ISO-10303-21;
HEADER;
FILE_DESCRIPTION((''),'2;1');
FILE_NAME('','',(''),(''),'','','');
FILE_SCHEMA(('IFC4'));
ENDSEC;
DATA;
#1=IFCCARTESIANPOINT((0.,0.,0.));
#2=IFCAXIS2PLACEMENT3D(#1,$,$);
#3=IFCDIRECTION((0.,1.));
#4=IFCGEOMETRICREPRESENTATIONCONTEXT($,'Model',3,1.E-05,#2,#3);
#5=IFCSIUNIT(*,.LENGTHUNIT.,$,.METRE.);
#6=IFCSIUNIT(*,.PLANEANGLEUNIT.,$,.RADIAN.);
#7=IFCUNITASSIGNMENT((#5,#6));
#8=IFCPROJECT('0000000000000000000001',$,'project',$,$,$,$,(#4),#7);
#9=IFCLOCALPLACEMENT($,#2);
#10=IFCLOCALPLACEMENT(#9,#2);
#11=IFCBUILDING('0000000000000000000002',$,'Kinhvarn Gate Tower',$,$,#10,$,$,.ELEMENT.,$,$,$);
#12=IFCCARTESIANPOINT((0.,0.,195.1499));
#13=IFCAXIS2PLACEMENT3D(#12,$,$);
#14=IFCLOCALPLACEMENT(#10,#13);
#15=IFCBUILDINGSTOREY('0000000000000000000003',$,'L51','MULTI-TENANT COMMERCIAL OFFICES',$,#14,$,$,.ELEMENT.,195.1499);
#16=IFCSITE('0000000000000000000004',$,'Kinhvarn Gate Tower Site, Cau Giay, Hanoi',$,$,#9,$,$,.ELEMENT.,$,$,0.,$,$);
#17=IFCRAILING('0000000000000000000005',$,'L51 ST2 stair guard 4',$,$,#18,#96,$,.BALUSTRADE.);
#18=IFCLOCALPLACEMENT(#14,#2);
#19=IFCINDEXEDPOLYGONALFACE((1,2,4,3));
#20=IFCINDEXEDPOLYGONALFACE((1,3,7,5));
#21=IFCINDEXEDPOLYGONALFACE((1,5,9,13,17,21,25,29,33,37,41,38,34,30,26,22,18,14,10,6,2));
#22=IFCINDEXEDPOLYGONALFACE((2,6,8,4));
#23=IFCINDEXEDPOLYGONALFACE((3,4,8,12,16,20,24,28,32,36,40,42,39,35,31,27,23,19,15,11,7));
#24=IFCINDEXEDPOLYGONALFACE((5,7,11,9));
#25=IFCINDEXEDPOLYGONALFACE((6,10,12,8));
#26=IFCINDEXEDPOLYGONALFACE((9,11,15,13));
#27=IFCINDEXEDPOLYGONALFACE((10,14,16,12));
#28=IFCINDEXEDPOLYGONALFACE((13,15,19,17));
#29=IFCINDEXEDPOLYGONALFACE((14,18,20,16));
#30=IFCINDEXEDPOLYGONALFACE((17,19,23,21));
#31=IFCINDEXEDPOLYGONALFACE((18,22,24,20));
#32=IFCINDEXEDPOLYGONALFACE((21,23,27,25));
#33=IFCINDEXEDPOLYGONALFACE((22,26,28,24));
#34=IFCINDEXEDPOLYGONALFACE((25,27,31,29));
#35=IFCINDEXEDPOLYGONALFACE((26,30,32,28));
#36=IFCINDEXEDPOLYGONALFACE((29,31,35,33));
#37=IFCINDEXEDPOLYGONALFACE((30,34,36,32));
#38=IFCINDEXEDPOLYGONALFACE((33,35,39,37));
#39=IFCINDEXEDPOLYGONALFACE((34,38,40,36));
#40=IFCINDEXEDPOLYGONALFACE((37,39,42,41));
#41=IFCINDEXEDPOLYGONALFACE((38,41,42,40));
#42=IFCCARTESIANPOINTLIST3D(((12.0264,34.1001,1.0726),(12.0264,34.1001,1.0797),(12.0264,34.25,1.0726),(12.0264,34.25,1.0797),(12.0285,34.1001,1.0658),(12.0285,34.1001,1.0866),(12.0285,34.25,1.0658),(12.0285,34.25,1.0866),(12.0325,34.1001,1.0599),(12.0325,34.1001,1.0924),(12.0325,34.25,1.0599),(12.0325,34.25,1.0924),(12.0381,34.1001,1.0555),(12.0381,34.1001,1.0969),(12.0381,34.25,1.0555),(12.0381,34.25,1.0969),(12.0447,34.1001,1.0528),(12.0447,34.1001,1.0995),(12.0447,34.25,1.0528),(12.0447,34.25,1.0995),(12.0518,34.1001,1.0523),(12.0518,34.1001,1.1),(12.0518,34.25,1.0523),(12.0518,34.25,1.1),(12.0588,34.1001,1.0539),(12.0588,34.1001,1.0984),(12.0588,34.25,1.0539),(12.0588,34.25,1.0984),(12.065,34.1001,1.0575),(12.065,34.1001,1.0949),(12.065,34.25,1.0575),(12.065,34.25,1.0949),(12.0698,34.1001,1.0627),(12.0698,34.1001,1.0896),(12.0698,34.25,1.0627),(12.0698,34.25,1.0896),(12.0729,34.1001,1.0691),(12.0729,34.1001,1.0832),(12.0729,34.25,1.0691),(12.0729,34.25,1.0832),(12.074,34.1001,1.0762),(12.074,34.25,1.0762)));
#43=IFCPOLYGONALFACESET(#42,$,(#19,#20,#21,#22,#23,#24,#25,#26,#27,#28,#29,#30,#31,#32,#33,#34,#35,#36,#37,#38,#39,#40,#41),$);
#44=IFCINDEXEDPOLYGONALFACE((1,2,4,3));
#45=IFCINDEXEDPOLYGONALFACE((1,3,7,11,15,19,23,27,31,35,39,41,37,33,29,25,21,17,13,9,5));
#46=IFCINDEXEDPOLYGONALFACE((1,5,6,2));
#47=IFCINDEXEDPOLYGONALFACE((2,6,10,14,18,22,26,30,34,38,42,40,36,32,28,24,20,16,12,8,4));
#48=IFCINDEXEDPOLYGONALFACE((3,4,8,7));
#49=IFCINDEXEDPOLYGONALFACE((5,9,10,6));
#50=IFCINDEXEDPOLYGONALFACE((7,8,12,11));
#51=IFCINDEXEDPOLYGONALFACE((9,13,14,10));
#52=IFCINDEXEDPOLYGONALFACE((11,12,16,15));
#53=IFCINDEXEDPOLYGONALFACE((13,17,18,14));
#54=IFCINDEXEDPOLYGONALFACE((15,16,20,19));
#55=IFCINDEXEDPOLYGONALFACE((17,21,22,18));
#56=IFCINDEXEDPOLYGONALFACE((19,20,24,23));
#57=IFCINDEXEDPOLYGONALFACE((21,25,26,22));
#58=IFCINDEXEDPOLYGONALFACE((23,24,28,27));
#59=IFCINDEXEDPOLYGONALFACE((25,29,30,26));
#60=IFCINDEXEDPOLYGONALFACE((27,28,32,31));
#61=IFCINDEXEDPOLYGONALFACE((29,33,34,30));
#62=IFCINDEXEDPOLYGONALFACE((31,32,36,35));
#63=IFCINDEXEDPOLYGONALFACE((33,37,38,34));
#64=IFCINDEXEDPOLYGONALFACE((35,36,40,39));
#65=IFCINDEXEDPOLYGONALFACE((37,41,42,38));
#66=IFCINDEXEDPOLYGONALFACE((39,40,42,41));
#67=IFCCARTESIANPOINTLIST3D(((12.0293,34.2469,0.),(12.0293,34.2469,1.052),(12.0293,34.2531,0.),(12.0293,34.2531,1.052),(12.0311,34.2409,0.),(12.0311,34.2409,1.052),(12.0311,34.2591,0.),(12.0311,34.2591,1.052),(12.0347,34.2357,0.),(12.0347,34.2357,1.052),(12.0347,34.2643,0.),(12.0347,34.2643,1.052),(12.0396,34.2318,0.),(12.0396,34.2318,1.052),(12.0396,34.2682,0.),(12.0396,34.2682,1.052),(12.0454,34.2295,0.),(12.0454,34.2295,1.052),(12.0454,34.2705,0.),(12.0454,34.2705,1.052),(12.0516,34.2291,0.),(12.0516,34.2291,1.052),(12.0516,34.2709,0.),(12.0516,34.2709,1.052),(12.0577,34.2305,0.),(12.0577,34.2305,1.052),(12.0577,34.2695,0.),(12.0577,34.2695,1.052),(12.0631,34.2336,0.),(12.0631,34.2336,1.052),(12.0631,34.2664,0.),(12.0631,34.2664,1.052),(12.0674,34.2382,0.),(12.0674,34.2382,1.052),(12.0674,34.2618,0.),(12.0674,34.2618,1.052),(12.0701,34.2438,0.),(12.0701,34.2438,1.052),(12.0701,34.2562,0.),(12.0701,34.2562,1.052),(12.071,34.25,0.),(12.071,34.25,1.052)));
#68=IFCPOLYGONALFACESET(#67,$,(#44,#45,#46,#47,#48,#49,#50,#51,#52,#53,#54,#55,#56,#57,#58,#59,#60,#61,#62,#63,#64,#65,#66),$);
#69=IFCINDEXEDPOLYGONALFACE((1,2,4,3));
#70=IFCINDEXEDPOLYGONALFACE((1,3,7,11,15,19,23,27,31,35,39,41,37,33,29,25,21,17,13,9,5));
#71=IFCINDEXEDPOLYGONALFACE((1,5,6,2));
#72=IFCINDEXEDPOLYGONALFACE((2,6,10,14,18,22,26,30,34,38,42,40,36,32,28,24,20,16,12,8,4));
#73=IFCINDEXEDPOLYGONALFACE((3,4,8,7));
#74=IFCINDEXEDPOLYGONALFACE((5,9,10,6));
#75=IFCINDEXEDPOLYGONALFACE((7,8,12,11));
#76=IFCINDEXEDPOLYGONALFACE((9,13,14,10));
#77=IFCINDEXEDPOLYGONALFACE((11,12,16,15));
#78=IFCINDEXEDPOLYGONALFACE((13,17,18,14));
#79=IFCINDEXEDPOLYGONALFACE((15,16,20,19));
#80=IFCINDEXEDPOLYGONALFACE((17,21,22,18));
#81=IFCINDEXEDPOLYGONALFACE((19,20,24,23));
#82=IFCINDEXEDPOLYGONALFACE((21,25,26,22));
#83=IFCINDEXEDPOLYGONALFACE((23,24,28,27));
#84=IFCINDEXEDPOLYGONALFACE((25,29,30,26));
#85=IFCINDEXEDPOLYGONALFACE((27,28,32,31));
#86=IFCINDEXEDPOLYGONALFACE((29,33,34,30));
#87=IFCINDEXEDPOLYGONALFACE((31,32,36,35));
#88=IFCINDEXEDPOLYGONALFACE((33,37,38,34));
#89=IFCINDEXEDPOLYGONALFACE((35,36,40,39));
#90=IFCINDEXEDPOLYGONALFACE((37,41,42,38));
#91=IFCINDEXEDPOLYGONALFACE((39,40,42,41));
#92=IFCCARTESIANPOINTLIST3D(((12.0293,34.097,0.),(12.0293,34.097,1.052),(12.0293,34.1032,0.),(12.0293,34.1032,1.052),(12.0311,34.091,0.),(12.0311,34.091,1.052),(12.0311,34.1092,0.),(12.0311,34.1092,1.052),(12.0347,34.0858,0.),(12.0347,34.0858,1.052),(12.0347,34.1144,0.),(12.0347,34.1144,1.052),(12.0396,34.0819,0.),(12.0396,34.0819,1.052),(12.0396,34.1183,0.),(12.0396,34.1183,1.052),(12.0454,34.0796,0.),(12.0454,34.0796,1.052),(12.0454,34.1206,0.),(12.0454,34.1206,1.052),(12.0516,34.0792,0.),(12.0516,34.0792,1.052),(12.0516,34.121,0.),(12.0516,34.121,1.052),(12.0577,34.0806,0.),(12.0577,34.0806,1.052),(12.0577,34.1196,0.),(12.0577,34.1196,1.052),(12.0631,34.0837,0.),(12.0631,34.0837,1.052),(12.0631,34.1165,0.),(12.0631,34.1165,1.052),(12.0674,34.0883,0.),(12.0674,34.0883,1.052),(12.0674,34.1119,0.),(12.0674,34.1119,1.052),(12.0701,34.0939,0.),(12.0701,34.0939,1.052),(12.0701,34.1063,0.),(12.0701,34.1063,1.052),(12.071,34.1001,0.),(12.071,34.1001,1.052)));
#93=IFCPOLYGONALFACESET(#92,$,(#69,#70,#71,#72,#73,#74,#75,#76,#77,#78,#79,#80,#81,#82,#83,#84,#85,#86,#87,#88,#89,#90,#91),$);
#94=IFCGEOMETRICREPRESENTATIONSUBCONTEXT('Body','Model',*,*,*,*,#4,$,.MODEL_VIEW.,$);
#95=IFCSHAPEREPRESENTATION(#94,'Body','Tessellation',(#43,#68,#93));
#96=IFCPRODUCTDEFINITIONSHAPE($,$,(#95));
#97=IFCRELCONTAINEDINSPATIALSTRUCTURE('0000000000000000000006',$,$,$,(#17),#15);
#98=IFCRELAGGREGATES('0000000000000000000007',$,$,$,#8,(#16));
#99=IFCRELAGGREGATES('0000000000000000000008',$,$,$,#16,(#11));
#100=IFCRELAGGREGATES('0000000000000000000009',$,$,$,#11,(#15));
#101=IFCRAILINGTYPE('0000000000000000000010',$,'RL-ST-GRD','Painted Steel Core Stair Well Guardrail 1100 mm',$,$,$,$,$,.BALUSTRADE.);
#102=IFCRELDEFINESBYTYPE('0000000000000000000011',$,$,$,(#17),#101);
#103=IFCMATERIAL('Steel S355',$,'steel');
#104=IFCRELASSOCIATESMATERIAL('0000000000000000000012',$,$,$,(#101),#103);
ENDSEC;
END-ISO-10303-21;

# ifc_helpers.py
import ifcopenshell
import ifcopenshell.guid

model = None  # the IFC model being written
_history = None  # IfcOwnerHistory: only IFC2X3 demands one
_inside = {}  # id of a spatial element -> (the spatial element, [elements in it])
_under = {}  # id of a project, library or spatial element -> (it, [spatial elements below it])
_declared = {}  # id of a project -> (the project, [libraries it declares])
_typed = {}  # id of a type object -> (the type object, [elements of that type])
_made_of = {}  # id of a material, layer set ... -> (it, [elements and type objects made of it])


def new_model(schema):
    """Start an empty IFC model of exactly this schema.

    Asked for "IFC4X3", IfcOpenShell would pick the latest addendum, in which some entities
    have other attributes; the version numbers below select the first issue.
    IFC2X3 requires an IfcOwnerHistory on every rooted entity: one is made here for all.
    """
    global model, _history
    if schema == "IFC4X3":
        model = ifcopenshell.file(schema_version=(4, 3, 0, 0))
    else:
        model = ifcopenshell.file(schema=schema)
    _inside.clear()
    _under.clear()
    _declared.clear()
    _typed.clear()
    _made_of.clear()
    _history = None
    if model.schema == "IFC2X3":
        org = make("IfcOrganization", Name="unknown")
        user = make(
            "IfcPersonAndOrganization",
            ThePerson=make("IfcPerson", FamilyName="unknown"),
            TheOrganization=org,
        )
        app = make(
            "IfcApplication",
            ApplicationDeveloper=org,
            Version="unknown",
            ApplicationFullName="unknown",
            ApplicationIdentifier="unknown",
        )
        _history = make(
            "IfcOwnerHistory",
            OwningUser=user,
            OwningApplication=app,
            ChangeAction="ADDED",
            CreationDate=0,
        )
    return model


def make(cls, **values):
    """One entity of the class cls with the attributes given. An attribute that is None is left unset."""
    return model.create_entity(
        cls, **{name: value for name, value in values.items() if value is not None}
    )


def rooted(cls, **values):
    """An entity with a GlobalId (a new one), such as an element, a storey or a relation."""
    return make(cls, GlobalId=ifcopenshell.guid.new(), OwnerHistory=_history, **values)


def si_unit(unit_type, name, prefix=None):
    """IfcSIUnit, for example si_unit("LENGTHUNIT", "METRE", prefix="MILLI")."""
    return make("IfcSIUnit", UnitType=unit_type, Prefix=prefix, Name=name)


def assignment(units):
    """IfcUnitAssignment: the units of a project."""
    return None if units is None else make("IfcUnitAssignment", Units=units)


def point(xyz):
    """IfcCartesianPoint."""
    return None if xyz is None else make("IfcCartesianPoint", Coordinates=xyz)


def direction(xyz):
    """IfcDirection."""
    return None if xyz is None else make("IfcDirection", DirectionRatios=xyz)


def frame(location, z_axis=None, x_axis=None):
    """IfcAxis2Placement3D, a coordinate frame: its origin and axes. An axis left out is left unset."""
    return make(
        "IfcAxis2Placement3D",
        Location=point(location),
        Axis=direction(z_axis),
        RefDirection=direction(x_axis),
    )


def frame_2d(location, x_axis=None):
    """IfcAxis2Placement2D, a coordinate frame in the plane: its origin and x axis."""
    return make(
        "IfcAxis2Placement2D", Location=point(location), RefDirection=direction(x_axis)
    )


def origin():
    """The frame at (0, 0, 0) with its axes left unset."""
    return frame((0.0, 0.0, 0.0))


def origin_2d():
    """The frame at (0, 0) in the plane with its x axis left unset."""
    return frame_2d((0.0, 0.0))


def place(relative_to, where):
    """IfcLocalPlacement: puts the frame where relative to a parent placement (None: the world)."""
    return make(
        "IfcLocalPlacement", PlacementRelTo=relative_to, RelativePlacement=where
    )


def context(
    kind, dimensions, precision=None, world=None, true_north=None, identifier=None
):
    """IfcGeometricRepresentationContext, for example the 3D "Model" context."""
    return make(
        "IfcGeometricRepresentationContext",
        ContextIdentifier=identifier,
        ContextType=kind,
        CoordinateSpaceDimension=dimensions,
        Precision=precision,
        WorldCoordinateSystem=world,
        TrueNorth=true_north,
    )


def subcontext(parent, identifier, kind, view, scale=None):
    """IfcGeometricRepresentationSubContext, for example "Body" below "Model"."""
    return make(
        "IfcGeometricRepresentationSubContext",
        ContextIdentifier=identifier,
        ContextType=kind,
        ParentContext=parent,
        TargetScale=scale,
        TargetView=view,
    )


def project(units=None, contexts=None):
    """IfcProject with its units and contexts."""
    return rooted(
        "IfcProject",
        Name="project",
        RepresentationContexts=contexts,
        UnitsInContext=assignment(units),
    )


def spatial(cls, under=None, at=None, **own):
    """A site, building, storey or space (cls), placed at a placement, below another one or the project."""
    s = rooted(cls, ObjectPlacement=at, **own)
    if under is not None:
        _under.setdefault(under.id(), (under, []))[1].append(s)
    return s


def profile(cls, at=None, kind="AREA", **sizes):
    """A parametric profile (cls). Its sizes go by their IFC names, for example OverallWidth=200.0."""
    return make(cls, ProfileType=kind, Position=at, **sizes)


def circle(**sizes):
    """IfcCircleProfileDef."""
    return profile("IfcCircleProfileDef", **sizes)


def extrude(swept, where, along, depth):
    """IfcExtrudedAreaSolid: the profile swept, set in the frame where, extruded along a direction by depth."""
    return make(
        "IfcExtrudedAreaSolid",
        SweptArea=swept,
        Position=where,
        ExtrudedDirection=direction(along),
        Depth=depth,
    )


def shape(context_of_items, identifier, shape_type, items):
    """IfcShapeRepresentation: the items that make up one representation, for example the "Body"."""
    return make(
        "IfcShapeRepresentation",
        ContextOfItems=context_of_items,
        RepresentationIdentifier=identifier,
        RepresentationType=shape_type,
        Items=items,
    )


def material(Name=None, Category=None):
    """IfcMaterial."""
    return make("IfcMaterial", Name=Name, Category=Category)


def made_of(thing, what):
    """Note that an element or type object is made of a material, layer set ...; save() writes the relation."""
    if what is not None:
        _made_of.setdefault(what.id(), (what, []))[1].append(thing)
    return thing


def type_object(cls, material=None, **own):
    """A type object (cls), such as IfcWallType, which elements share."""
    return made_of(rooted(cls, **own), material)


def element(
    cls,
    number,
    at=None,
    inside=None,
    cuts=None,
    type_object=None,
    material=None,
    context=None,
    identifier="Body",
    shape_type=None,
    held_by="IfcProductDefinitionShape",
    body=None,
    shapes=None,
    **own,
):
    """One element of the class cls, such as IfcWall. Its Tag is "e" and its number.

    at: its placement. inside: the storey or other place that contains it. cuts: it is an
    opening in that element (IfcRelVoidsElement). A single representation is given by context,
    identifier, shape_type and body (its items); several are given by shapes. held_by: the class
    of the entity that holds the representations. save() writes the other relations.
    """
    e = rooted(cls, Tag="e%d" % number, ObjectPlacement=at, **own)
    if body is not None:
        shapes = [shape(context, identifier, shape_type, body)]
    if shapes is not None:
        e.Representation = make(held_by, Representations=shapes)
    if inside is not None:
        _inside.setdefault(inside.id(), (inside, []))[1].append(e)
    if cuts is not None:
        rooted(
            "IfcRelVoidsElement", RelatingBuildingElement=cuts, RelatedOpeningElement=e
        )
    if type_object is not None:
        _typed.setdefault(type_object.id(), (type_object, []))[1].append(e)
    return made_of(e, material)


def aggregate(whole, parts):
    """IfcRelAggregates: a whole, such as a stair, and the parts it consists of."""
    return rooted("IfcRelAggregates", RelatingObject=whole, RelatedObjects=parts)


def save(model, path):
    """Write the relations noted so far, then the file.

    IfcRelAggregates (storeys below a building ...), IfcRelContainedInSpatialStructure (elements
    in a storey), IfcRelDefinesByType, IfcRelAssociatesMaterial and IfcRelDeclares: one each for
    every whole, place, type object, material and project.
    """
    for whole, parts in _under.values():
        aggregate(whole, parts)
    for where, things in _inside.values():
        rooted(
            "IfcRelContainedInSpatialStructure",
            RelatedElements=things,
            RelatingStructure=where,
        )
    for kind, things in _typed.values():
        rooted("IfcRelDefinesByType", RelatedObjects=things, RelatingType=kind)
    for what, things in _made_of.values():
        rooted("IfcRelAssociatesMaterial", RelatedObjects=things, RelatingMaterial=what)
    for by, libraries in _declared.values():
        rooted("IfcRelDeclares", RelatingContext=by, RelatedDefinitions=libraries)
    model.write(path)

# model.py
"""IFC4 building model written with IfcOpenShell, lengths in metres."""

from ifc_helpers import new_model, si_unit, direction, frame, origin, origin_2d, place, context, subcontext, project, spatial, circle, extrude, material, type_object, element, save


model = new_model("IFC4")

# Units and contexts
model_context = context("Model", 3, precision=1e-05, world=origin(), true_north=direction((0.0, 1.0)))
body_context = subcontext(model_context, "Body", "Model", "MODEL_VIEW")
ifc_project = project(units=[si_unit("LENGTHUNIT", "METRE"), si_unit("PLANEANGLEUNIT", "RADIAN")], contexts=[model_context])

# Site, building, storey
site_placement = place(None, origin())
site = spatial("IfcSite", under=ifc_project, at=site_placement, Name="Kinhvarn Gate Tower Site, Cau Giay, Hanoi", CompositionType="ELEMENT", RefElevation=0.0)
building_placement = place(site_placement, origin())
building = spatial("IfcBuilding", under=site, at=building_placement, Name="Kinhvarn Gate Tower", CompositionType="ELEMENT")
storey_placement = place(building_placement, frame((0.0, 0.0, 195.1499)))
storey = spatial("IfcBuildingStorey", under=building, at=storey_placement, Name="L51", Description="MULTI-TENANT COMMERCIAL OFFICES", CompositionType="ELEMENT", Elevation=195.1499)

# Railing
ifc_material_1 = material(Name="Steel S355", Category="steel")
railing_type_1 = type_object("IfcRailingType", Name="RL-ST-GRD", Description="Painted Steel Core Stair Well Guardrail 1100 mm", PredefinedType="BALUSTRADE", material=ifc_material_1)
railing_1_placement = place(storey_placement, frame((12.05, 34.25, 0.0)))
element("IfcRailing", 1, at=railing_1_placement, inside=storey, type_object=railing_type_1, Name="L51 ST2 stair guard 4", PredefinedType="BALUSTRADE", context=body_context, shape_type="SweptSolid", body=[
    extrude(circle(Radius=0.0239, at=origin_2d()), frame((0.0, 0.0, 1.0762), z_axis=(0.0, -1.0, 0.0), x_axis=(1.0, 0.0, 0.0)), (0.0, 0.0, 1.0), 0.1499),
    extrude(circle(Radius=0.021, at=origin_2d()), origin(), (0.0, 0.0, 1.0), 1.052),
    extrude(circle(Radius=0.021, at=origin_2d()), frame((0.0, -0.1499, 0.0)), (0.0, 0.0, 1.0), 1.052),
])

save(model, "model.ifc")
